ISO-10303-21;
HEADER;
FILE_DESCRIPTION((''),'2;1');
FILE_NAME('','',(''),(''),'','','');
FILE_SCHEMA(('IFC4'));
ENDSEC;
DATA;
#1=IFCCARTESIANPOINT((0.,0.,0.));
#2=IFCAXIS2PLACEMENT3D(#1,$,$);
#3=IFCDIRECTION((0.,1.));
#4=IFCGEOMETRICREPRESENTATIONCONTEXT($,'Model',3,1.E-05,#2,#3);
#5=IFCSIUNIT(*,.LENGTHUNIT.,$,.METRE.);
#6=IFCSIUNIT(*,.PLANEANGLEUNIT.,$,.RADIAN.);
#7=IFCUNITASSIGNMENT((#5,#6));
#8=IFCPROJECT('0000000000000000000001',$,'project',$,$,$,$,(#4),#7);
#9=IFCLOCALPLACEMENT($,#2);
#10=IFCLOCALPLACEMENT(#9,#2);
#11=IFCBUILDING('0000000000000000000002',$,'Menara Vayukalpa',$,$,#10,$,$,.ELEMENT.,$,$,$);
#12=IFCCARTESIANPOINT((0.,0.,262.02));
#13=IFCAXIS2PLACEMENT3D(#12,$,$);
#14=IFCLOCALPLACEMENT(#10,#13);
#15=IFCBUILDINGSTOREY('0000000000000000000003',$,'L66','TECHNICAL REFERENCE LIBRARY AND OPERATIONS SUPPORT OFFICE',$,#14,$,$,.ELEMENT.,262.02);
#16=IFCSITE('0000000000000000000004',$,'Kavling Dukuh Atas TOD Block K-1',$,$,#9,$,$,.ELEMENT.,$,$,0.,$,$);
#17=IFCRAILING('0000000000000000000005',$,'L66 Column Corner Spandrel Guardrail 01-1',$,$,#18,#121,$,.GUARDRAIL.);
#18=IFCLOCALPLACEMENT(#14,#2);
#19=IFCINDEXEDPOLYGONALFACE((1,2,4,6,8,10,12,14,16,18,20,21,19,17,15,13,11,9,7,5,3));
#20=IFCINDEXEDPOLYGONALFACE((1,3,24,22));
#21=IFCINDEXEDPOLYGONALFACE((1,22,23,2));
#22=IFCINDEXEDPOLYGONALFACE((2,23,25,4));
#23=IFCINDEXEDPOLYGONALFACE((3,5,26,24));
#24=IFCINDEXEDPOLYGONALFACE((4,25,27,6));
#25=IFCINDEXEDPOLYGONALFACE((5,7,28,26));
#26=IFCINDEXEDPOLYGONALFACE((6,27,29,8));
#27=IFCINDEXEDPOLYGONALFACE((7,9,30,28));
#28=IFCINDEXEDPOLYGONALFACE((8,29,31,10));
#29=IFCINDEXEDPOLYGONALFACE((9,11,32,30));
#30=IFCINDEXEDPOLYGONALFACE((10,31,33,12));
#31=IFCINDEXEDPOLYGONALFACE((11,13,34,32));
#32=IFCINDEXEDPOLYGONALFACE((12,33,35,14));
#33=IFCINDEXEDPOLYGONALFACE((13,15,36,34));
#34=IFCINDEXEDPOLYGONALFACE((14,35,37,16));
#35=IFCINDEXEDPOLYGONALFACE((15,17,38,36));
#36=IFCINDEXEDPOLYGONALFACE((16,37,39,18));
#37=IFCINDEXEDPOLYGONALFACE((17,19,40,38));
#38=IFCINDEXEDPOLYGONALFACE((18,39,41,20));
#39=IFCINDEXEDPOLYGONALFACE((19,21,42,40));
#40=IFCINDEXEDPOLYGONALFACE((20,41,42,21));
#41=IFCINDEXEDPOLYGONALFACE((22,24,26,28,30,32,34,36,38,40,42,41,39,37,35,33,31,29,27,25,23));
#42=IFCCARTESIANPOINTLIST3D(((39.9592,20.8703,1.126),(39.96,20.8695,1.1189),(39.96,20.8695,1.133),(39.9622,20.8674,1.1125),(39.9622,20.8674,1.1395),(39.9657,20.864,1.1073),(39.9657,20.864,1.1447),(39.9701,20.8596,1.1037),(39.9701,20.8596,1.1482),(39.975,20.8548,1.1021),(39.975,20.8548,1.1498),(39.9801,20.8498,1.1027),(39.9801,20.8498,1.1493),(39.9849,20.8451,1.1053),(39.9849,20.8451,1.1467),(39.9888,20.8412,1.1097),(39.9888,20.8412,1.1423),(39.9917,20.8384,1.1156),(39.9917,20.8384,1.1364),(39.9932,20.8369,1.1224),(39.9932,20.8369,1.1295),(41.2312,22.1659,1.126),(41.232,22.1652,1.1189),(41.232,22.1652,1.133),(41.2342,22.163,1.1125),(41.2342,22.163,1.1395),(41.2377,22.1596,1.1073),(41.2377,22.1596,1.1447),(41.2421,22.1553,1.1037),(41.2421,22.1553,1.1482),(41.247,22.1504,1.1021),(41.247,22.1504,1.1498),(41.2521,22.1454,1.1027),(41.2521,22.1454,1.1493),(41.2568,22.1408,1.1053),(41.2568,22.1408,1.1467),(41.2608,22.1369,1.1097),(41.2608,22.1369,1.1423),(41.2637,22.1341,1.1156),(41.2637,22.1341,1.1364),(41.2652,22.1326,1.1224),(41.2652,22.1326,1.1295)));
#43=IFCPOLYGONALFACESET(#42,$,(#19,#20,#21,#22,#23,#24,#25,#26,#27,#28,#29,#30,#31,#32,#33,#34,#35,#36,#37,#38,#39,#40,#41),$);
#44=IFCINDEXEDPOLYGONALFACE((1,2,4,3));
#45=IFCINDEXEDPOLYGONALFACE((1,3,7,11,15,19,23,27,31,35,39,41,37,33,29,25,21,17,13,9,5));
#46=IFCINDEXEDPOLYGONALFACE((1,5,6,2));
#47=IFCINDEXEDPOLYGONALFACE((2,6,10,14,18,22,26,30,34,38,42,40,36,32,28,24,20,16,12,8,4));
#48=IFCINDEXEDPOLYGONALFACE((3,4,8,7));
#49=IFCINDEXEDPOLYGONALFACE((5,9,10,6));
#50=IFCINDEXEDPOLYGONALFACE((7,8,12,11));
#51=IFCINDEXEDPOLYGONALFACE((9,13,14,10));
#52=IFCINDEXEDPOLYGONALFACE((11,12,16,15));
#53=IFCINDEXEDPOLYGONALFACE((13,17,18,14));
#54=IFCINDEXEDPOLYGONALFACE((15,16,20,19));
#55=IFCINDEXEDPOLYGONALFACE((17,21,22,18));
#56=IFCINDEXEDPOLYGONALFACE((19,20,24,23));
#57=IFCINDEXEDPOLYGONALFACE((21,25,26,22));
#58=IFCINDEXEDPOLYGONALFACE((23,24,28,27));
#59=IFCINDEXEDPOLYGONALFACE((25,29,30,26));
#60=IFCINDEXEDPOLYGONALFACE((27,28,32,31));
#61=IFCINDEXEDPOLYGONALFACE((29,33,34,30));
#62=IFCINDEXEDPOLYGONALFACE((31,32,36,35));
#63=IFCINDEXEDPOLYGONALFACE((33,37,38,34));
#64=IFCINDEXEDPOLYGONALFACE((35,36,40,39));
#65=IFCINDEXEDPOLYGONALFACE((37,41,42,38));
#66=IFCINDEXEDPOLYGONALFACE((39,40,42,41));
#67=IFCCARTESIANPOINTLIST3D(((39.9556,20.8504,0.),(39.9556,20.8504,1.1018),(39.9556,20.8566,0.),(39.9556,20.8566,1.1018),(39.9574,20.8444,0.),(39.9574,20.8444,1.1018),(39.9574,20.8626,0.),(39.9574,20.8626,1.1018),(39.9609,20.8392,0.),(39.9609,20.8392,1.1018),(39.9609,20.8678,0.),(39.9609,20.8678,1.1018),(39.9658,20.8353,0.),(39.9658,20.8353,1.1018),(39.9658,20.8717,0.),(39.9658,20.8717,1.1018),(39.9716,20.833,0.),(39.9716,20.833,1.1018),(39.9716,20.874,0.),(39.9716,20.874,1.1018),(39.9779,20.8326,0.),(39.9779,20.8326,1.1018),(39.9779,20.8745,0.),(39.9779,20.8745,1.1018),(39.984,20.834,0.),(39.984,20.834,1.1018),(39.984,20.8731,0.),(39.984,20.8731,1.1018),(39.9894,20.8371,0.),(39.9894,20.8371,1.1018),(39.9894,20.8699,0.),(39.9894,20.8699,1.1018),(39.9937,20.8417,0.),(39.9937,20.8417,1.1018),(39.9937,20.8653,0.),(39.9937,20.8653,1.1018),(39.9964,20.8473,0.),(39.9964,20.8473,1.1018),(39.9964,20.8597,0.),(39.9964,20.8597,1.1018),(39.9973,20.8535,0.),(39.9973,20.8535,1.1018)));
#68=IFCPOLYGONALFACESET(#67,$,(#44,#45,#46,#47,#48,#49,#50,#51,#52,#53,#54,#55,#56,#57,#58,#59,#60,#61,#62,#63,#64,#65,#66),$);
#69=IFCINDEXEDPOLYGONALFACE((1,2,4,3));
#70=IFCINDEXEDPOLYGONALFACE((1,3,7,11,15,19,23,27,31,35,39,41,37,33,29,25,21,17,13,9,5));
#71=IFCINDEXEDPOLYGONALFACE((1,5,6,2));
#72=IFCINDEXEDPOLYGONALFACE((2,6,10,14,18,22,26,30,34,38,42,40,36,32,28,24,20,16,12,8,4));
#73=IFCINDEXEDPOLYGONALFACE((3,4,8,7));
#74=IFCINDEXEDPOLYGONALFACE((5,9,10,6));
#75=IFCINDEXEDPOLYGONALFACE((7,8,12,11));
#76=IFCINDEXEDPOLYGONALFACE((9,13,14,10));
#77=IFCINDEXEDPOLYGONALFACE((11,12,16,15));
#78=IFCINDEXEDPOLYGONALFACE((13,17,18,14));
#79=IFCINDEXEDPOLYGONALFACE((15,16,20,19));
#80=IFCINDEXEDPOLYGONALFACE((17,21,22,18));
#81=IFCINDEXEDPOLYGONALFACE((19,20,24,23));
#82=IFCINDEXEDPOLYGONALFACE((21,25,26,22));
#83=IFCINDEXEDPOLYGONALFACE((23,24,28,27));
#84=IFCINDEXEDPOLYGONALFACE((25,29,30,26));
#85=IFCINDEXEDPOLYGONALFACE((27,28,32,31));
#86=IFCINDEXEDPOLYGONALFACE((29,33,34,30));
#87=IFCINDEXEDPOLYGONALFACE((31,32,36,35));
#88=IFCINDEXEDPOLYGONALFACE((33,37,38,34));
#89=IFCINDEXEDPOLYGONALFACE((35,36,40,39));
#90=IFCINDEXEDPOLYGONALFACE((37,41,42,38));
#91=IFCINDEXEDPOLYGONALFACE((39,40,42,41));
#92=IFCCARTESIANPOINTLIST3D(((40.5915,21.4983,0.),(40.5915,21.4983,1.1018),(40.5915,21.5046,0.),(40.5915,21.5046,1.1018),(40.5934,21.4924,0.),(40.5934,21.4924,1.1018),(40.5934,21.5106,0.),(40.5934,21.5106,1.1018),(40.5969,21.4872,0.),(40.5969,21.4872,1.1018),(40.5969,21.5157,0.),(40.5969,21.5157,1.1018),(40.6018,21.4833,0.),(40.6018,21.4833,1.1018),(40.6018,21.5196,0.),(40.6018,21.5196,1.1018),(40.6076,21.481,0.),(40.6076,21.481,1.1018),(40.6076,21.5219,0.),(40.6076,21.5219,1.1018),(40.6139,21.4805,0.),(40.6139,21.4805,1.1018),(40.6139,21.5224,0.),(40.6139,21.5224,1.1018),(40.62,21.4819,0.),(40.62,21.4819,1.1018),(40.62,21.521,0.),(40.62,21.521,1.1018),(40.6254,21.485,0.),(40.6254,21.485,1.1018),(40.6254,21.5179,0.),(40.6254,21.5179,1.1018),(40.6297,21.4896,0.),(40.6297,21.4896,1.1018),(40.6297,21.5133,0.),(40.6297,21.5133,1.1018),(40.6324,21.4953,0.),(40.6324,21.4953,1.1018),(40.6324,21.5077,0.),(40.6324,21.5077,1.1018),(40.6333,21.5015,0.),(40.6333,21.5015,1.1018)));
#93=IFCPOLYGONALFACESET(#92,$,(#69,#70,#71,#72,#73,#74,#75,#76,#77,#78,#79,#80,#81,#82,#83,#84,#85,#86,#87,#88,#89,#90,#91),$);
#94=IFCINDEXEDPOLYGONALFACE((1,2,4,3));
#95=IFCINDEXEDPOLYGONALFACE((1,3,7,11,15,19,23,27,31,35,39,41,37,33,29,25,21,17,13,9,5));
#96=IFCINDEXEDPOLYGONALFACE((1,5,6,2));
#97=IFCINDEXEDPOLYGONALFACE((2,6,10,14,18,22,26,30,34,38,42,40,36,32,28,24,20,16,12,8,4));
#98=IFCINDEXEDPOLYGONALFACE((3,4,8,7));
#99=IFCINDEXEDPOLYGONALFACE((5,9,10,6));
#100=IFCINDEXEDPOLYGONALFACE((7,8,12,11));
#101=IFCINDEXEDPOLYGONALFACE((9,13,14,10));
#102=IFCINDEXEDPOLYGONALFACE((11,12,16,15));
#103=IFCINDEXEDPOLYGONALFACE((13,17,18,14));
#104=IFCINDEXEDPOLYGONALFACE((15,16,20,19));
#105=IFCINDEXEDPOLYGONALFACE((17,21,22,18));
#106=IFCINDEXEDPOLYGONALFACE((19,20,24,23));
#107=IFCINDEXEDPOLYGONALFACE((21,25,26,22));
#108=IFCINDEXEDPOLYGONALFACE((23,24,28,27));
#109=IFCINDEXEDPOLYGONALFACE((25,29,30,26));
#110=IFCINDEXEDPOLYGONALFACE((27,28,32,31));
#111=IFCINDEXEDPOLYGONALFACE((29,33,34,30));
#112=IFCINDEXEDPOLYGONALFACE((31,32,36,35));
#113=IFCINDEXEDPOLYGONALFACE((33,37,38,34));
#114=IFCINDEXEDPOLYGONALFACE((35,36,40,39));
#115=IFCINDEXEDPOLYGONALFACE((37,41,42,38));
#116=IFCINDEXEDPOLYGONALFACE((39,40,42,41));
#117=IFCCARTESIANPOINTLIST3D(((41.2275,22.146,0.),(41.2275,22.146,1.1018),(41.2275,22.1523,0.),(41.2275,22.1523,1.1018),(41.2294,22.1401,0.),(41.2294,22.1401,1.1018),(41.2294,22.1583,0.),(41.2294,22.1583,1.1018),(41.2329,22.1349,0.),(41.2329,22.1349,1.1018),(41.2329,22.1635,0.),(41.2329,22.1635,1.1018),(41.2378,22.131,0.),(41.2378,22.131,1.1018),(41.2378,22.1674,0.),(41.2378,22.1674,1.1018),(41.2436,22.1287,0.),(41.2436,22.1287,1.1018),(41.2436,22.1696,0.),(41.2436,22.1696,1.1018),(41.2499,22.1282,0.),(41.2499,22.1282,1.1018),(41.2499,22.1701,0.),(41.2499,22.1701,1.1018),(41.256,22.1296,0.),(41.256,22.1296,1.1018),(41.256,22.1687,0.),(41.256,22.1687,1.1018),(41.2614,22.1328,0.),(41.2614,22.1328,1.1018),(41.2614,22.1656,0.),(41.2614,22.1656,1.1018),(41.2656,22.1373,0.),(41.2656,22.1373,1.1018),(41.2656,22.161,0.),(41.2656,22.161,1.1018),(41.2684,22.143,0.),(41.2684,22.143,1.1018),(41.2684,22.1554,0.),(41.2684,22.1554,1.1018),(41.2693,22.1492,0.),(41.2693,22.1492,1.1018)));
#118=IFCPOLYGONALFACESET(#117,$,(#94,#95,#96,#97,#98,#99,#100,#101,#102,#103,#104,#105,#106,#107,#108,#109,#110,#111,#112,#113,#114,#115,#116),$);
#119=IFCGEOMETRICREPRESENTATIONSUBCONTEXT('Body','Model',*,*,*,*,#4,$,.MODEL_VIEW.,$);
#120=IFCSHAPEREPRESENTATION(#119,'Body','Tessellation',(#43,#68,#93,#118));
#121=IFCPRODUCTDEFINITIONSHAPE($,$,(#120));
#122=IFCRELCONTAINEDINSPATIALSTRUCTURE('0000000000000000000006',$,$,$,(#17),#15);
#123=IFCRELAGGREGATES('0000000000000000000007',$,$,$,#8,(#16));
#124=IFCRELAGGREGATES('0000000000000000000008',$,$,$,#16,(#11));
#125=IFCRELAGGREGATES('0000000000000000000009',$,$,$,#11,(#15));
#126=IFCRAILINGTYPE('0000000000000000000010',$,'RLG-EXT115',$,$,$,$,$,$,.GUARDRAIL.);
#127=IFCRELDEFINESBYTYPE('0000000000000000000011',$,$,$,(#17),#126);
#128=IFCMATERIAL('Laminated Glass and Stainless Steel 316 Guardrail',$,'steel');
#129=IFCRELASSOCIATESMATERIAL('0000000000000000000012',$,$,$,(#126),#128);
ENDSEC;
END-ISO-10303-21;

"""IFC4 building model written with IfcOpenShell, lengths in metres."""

from ifc_helpers import new_model, si_unit, direction, frame, origin, origin_2d, place, context, subcontext, project, spatial, circle, extrude, material, type_object, element, save


model = new_model("IFC4")

# Units and contexts
model_context = context("Model", 3, precision=1e-05, world=origin(), true_north=direction((0.0, 1.0)))
body_context = subcontext(model_context, "Body", "Model", "MODEL_VIEW")
ifc_project = project(units=[si_unit("LENGTHUNIT", "METRE"), si_unit("PLANEANGLEUNIT", "RADIAN")], contexts=[model_context])

# Site, building, storey
site_placement = place(None, origin())
site = spatial("IfcSite", under=ifc_project, at=site_placement, Name="Kavling Dukuh Atas TOD Block K-1", CompositionType="ELEMENT", RefElevation=0.0)
building_placement = place(site_placement, origin())
building = spatial("IfcBuilding", under=site, at=building_placement, Name="Menara Vayukalpa", CompositionType="ELEMENT")
storey_placement = place(building_placement, frame((0.0, 0.0, 262.02)))
storey = spatial("IfcBuildingStorey", under=building, at=storey_placement, Name="L66", Description="TECHNICAL REFERENCE LIBRARY AND OPERATIONS SUPPORT OFFICE", CompositionType="ELEMENT", Elevation=262.02)

# Railing
ifc_material_1 = material(Name="Laminated Glass and Stainless Steel 316 Guardrail", Category="steel")
railing_type_1 = type_object("IfcRailingType", Name="RLG-EXT115", PredefinedType="GUARDRAIL", material=ifc_material_1)
railing_1_placement = place(storey_placement, frame((39.9763, 20.8535, 0.0)))
element("IfcRailing", 1, at=railing_1_placement, inside=storey, type_object=railing_type_1, Name="L66 Column Corner Spandrel Guardrail 01-1", PredefinedType="GUARDRAIL", context=body_context, shape_type="SweptSolid", body=[
    extrude(circle(Radius=0.0239, at=origin_2d()), frame((0.0, 0.0, 1.126), z_axis=(0.700555, 0.713598, 0.0), x_axis=(-0.713598, 0.700555, 0.0)), (0.0, 0.0, 1.0), 1.8157),
    extrude(circle(Radius=0.021, at=origin_2d()), origin(), (0.0, 0.0, 1.0), 1.1018),
    extrude(circle(Radius=0.021, at=origin_2d()), frame((0.636, 0.6479, 0.0)), (0.0, 0.0, 1.0), 1.1018),
    extrude(circle(Radius=0.021, at=origin_2d()), frame((1.272, 1.2957, 0.0)), (0.0, 0.0, 1.0), 1.1018),
])

save(model, "model.ifc")
